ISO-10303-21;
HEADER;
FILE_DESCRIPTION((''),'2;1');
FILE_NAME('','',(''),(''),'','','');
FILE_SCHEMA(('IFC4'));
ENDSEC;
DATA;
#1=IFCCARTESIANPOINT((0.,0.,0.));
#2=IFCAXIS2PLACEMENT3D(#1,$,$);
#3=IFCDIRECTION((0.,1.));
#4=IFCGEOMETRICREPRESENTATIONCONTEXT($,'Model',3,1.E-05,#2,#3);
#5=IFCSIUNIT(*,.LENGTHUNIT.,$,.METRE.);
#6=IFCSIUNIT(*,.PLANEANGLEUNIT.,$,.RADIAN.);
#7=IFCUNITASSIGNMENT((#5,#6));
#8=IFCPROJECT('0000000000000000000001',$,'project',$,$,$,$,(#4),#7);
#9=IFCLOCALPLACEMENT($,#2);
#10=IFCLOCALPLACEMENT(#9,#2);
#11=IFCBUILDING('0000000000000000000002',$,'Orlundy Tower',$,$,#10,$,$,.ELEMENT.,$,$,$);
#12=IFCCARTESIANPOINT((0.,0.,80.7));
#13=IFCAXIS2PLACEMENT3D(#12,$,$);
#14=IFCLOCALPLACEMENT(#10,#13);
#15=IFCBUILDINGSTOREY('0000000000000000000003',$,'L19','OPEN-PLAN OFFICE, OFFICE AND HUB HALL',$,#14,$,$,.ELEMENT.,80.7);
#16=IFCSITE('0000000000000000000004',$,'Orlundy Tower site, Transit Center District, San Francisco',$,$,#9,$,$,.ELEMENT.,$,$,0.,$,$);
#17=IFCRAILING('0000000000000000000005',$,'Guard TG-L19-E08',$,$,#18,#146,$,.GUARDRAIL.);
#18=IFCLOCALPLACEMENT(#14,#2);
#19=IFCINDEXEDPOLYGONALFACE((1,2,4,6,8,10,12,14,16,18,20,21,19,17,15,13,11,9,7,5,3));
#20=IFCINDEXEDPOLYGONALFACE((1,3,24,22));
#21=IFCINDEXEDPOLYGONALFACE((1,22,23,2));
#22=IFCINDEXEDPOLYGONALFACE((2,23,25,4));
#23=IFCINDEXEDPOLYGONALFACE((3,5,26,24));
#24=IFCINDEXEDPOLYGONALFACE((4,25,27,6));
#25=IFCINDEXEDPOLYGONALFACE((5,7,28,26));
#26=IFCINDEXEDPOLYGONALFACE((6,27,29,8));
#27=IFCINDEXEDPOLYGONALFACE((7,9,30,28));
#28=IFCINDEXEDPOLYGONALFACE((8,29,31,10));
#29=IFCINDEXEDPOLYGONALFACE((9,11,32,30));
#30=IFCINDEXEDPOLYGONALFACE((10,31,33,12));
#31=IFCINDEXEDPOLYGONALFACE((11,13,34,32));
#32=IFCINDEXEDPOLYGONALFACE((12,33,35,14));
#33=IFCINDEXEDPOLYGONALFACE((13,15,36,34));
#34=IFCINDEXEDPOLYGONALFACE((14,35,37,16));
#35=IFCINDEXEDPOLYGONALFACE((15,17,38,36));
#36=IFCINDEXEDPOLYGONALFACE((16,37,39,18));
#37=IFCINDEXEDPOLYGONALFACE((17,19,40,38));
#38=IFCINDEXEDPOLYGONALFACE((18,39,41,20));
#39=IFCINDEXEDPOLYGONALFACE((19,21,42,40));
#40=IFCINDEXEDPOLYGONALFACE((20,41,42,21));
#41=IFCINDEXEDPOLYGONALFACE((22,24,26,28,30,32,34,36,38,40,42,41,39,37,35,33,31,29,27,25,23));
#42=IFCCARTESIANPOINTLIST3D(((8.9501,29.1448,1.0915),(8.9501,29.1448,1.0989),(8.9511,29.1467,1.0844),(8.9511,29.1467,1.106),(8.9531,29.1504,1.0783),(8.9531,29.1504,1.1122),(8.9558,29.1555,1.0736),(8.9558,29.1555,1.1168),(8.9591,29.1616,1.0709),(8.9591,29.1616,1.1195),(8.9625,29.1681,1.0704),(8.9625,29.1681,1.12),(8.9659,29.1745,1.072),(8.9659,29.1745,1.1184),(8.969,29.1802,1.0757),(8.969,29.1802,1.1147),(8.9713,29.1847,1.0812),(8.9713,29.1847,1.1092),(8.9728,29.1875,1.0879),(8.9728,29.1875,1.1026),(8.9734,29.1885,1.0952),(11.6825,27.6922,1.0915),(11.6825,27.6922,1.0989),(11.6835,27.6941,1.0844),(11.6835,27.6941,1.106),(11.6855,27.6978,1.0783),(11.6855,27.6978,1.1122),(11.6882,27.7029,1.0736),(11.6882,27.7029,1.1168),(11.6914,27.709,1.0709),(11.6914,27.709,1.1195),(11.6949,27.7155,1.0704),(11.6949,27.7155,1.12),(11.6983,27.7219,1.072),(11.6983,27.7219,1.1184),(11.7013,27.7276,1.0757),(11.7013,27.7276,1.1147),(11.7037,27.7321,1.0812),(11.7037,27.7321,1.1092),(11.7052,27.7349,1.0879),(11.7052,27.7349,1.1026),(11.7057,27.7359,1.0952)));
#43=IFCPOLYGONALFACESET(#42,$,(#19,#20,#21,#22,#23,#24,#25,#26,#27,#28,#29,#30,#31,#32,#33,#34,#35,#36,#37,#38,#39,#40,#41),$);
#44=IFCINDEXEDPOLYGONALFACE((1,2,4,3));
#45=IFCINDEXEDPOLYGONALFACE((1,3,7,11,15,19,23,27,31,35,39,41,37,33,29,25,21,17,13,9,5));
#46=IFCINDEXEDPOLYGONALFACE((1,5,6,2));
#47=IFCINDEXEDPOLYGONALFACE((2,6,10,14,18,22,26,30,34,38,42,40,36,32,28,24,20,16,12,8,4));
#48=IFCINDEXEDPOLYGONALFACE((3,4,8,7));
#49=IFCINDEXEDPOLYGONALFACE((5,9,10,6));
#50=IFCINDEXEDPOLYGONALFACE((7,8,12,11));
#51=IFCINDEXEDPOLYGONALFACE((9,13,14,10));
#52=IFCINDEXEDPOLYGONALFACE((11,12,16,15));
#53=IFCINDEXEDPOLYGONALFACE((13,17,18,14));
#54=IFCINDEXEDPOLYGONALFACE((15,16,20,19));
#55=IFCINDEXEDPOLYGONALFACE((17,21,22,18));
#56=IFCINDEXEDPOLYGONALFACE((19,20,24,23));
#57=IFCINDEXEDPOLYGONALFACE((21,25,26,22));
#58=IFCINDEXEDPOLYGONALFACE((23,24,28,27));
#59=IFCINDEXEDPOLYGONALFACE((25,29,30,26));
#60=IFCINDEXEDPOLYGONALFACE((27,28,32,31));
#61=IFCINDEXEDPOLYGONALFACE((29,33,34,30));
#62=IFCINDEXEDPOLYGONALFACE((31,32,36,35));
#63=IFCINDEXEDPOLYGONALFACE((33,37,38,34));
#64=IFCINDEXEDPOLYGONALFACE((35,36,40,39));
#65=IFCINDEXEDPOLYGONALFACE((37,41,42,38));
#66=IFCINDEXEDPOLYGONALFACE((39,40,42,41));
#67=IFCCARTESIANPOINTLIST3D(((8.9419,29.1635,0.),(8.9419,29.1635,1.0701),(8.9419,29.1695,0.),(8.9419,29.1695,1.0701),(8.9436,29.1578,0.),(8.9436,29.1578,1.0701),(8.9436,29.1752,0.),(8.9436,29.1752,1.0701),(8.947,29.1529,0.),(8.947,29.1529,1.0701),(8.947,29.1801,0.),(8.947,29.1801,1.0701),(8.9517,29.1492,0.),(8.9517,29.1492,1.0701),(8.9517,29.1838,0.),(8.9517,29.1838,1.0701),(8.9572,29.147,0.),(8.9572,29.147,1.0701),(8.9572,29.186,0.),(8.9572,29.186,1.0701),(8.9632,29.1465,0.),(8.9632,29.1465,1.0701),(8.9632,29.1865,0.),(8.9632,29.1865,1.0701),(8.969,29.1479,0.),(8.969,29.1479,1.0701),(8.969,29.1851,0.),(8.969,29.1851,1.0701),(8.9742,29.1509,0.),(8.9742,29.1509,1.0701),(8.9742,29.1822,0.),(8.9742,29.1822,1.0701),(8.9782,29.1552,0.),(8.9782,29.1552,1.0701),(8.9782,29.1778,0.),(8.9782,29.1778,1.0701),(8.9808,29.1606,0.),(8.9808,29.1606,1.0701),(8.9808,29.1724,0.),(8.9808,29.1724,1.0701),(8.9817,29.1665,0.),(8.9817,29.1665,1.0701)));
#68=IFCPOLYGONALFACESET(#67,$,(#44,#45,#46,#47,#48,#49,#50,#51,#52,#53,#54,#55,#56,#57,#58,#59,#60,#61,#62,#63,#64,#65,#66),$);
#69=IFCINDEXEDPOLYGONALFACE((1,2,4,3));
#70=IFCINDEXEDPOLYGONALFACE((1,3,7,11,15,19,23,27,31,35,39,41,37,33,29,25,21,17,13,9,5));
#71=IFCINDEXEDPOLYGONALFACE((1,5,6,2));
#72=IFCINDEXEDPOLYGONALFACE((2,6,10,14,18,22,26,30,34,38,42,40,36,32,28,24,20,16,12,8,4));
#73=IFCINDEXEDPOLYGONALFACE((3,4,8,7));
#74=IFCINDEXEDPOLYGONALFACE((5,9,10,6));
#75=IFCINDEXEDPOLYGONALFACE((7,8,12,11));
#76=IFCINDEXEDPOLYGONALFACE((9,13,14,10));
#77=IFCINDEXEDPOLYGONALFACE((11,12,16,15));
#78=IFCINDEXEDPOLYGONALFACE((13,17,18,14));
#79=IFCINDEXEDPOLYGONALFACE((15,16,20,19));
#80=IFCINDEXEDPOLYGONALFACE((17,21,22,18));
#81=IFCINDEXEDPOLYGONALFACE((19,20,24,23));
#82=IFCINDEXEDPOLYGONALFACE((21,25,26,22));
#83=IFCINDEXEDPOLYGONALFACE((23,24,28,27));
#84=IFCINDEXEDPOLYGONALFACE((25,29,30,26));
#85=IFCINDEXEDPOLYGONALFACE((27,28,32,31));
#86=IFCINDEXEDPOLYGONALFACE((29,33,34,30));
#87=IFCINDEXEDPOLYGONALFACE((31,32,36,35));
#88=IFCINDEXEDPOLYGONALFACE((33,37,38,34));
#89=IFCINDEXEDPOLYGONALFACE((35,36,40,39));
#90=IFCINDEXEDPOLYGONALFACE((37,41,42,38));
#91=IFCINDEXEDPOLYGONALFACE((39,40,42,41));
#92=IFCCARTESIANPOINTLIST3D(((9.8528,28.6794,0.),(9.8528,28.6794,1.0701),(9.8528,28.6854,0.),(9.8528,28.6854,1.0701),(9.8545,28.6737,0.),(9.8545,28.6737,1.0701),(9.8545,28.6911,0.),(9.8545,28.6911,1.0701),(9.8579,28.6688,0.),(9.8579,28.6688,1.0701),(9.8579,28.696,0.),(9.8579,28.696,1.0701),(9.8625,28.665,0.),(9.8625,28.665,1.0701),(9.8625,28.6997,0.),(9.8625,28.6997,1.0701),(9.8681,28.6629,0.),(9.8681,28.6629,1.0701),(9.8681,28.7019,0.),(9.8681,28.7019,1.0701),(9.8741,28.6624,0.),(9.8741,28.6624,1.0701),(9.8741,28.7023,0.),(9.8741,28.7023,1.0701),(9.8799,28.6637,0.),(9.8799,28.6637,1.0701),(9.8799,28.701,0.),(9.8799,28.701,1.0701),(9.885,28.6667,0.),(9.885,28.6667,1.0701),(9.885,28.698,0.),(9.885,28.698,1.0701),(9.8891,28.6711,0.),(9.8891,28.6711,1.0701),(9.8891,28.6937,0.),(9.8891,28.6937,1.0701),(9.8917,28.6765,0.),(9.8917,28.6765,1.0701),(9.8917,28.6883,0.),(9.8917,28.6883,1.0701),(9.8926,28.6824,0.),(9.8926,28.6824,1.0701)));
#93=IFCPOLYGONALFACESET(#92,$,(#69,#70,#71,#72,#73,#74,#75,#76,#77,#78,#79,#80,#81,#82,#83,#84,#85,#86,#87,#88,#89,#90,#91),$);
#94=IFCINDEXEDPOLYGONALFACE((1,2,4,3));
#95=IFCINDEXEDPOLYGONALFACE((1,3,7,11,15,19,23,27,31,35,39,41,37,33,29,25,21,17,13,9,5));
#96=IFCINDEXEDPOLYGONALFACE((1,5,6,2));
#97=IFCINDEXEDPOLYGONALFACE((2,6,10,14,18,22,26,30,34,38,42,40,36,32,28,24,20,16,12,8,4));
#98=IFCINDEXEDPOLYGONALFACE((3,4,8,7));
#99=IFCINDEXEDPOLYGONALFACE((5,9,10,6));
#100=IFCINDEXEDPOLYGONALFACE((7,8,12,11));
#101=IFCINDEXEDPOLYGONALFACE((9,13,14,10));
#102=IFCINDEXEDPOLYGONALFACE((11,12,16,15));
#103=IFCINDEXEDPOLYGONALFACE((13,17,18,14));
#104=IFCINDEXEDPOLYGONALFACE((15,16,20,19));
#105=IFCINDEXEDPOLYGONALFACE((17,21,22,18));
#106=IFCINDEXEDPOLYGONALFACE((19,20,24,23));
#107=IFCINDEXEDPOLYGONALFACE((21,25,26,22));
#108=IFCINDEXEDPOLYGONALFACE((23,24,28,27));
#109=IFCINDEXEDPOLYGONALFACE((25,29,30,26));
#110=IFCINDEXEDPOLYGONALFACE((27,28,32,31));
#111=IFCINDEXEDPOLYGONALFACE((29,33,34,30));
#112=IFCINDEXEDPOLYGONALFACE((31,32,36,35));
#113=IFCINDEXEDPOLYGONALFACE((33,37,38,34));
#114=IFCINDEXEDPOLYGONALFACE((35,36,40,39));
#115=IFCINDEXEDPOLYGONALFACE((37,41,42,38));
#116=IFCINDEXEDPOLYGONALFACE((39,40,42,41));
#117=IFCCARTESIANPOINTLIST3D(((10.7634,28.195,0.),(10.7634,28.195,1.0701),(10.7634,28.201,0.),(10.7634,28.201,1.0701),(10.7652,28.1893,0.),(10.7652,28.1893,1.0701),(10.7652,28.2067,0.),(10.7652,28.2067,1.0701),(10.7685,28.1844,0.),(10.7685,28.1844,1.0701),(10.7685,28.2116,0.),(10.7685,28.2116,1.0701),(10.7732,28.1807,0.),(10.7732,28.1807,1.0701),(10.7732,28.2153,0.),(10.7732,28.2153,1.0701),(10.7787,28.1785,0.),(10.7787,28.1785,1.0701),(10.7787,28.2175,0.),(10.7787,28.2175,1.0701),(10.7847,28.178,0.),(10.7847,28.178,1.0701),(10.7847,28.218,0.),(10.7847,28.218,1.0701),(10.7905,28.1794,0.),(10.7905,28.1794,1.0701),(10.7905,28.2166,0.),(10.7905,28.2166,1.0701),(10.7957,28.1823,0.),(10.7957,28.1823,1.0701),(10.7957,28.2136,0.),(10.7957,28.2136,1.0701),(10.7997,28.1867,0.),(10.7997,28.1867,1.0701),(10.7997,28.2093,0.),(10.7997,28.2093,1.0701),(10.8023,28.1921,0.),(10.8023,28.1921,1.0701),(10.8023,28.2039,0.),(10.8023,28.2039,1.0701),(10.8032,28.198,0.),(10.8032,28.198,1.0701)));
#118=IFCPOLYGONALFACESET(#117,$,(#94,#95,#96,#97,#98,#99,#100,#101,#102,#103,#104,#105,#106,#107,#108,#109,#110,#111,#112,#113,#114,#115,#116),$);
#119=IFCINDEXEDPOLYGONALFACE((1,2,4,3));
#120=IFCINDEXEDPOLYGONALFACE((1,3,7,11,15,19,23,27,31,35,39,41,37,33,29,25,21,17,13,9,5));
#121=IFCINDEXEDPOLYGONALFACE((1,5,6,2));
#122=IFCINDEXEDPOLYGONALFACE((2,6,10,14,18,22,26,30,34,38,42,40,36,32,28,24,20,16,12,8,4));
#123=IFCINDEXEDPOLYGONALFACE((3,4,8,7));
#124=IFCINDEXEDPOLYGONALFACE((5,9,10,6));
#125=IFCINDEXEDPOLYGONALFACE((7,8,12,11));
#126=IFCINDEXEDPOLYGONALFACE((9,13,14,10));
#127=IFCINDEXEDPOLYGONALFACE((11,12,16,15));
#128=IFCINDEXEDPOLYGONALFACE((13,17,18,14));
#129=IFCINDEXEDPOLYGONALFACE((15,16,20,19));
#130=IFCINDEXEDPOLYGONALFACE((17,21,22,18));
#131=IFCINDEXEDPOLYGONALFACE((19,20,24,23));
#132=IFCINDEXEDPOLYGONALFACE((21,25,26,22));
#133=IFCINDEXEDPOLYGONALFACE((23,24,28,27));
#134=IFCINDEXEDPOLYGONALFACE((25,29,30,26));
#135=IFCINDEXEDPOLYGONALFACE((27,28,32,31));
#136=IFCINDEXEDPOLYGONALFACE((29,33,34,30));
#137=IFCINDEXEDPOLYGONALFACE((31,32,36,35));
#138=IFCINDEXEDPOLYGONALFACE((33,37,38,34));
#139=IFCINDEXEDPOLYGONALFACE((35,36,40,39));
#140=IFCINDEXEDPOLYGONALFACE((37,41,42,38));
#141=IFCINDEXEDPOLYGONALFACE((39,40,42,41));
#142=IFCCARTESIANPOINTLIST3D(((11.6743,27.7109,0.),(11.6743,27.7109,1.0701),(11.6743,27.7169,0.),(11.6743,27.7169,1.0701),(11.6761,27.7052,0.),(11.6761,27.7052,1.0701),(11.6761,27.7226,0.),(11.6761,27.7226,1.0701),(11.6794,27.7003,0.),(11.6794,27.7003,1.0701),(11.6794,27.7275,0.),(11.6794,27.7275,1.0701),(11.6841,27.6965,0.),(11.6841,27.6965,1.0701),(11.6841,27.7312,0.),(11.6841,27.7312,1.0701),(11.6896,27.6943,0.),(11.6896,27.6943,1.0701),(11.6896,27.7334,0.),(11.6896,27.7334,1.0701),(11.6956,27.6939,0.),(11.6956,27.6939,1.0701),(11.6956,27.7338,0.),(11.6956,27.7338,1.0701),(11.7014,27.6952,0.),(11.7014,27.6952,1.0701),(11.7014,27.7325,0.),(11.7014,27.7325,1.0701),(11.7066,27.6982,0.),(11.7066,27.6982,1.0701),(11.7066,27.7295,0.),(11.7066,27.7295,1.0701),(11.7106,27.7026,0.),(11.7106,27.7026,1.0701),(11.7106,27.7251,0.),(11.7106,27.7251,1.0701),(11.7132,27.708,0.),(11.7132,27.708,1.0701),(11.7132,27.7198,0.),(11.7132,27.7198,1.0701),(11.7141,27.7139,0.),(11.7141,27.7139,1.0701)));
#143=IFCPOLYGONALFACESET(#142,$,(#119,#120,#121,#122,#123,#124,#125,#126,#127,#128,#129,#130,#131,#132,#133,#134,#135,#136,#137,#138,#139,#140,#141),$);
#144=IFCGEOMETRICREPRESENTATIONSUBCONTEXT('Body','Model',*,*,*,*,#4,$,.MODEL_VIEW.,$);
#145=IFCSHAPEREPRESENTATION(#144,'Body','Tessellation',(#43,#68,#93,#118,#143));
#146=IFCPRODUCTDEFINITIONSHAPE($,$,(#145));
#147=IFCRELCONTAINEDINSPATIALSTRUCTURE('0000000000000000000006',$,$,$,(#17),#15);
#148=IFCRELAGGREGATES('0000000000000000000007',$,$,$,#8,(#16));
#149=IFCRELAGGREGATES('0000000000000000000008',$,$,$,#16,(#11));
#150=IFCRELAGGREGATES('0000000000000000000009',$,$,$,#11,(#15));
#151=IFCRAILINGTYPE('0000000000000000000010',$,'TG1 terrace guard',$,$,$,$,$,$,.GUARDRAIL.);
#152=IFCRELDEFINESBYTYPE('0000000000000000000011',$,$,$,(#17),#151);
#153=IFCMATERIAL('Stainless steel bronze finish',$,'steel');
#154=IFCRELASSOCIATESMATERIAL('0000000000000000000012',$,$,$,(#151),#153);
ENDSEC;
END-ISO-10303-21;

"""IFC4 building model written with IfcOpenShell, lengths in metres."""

from ifc_helpers import new_model, si_unit, direction, frame, origin, origin_2d, place, context, subcontext, project, spatial, circle, extrude, material, type_object, element, save


model = new_model("IFC4")

# Units and contexts
model_context = context("Model", 3, precision=1e-05, world=origin(), true_north=direction((0.0, 1.0)))
body_context = subcontext(model_context, "Body", "Model", "MODEL_VIEW")
ifc_project = project(units=[si_unit("LENGTHUNIT", "METRE"), si_unit("PLANEANGLEUNIT", "RADIAN")], contexts=[model_context])

# Site, building, storey
site_placement = place(None, origin())
site = spatial("IfcSite", under=ifc_project, at=site_placement, Name="Orlundy Tower site, Transit Center District, San Francisco", CompositionType="ELEMENT", RefElevation=0.0)
building_placement = place(site_placement, origin())
building = spatial("IfcBuilding", under=site, at=building_placement, Name="Orlundy Tower", CompositionType="ELEMENT")
storey_placement = place(building_placement, frame((0.0, 0.0, 80.7)))
storey = spatial("IfcBuildingStorey", under=building, at=storey_placement, Name="L19", Description="OPEN-PLAN OFFICE, OFFICE AND HUB HALL", CompositionType="ELEMENT", Elevation=80.7)

# Railing
ifc_material_1 = material(Name="Stainless steel bronze finish", Category="steel")
railing_type = type_object("IfcRailingType", Name="TG1 terrace guard", PredefinedType="GUARDRAIL", material=ifc_material_1)
railing_1_placement = place(storey_placement, frame((8.9617, 29.1665, 0.0)))
element("IfcRailing", 1, at=railing_1_placement, inside=storey, type_object=railing_type, Name="Guard TG-L19-E08", PredefinedType="GUARDRAIL", context=body_context, shape_type="SweptSolid", body=[
    extrude(circle(Radius=0.0249, at=origin_2d()), frame((0.0, 0.0, 1.0952), z_axis=(0.882977, -0.469417, 0.0), x_axis=(0.469417, 0.882977, 0.0)), (0.0, 0.0, 1.0), 3.0945),
    extrude(circle(Radius=0.02, at=origin_2d()), origin(), (0.0, 0.0, 1.0), 1.0701),
    extrude(circle(Radius=0.02, at=origin_2d()), frame((0.9109, -0.4841, 0.0)), (0.0, 0.0, 1.0), 1.0701),
    extrude(circle(Radius=0.02, at=origin_2d()), frame((1.8215, -0.9685, 0.0)), (0.0, 0.0, 1.0), 1.0701),
    extrude(circle(Radius=0.02, at=origin_2d()), frame((2.7324, -1.4526, 0.0)), (0.0, 0.0, 1.0), 1.0701),
])

save(model, "model.ifc")
